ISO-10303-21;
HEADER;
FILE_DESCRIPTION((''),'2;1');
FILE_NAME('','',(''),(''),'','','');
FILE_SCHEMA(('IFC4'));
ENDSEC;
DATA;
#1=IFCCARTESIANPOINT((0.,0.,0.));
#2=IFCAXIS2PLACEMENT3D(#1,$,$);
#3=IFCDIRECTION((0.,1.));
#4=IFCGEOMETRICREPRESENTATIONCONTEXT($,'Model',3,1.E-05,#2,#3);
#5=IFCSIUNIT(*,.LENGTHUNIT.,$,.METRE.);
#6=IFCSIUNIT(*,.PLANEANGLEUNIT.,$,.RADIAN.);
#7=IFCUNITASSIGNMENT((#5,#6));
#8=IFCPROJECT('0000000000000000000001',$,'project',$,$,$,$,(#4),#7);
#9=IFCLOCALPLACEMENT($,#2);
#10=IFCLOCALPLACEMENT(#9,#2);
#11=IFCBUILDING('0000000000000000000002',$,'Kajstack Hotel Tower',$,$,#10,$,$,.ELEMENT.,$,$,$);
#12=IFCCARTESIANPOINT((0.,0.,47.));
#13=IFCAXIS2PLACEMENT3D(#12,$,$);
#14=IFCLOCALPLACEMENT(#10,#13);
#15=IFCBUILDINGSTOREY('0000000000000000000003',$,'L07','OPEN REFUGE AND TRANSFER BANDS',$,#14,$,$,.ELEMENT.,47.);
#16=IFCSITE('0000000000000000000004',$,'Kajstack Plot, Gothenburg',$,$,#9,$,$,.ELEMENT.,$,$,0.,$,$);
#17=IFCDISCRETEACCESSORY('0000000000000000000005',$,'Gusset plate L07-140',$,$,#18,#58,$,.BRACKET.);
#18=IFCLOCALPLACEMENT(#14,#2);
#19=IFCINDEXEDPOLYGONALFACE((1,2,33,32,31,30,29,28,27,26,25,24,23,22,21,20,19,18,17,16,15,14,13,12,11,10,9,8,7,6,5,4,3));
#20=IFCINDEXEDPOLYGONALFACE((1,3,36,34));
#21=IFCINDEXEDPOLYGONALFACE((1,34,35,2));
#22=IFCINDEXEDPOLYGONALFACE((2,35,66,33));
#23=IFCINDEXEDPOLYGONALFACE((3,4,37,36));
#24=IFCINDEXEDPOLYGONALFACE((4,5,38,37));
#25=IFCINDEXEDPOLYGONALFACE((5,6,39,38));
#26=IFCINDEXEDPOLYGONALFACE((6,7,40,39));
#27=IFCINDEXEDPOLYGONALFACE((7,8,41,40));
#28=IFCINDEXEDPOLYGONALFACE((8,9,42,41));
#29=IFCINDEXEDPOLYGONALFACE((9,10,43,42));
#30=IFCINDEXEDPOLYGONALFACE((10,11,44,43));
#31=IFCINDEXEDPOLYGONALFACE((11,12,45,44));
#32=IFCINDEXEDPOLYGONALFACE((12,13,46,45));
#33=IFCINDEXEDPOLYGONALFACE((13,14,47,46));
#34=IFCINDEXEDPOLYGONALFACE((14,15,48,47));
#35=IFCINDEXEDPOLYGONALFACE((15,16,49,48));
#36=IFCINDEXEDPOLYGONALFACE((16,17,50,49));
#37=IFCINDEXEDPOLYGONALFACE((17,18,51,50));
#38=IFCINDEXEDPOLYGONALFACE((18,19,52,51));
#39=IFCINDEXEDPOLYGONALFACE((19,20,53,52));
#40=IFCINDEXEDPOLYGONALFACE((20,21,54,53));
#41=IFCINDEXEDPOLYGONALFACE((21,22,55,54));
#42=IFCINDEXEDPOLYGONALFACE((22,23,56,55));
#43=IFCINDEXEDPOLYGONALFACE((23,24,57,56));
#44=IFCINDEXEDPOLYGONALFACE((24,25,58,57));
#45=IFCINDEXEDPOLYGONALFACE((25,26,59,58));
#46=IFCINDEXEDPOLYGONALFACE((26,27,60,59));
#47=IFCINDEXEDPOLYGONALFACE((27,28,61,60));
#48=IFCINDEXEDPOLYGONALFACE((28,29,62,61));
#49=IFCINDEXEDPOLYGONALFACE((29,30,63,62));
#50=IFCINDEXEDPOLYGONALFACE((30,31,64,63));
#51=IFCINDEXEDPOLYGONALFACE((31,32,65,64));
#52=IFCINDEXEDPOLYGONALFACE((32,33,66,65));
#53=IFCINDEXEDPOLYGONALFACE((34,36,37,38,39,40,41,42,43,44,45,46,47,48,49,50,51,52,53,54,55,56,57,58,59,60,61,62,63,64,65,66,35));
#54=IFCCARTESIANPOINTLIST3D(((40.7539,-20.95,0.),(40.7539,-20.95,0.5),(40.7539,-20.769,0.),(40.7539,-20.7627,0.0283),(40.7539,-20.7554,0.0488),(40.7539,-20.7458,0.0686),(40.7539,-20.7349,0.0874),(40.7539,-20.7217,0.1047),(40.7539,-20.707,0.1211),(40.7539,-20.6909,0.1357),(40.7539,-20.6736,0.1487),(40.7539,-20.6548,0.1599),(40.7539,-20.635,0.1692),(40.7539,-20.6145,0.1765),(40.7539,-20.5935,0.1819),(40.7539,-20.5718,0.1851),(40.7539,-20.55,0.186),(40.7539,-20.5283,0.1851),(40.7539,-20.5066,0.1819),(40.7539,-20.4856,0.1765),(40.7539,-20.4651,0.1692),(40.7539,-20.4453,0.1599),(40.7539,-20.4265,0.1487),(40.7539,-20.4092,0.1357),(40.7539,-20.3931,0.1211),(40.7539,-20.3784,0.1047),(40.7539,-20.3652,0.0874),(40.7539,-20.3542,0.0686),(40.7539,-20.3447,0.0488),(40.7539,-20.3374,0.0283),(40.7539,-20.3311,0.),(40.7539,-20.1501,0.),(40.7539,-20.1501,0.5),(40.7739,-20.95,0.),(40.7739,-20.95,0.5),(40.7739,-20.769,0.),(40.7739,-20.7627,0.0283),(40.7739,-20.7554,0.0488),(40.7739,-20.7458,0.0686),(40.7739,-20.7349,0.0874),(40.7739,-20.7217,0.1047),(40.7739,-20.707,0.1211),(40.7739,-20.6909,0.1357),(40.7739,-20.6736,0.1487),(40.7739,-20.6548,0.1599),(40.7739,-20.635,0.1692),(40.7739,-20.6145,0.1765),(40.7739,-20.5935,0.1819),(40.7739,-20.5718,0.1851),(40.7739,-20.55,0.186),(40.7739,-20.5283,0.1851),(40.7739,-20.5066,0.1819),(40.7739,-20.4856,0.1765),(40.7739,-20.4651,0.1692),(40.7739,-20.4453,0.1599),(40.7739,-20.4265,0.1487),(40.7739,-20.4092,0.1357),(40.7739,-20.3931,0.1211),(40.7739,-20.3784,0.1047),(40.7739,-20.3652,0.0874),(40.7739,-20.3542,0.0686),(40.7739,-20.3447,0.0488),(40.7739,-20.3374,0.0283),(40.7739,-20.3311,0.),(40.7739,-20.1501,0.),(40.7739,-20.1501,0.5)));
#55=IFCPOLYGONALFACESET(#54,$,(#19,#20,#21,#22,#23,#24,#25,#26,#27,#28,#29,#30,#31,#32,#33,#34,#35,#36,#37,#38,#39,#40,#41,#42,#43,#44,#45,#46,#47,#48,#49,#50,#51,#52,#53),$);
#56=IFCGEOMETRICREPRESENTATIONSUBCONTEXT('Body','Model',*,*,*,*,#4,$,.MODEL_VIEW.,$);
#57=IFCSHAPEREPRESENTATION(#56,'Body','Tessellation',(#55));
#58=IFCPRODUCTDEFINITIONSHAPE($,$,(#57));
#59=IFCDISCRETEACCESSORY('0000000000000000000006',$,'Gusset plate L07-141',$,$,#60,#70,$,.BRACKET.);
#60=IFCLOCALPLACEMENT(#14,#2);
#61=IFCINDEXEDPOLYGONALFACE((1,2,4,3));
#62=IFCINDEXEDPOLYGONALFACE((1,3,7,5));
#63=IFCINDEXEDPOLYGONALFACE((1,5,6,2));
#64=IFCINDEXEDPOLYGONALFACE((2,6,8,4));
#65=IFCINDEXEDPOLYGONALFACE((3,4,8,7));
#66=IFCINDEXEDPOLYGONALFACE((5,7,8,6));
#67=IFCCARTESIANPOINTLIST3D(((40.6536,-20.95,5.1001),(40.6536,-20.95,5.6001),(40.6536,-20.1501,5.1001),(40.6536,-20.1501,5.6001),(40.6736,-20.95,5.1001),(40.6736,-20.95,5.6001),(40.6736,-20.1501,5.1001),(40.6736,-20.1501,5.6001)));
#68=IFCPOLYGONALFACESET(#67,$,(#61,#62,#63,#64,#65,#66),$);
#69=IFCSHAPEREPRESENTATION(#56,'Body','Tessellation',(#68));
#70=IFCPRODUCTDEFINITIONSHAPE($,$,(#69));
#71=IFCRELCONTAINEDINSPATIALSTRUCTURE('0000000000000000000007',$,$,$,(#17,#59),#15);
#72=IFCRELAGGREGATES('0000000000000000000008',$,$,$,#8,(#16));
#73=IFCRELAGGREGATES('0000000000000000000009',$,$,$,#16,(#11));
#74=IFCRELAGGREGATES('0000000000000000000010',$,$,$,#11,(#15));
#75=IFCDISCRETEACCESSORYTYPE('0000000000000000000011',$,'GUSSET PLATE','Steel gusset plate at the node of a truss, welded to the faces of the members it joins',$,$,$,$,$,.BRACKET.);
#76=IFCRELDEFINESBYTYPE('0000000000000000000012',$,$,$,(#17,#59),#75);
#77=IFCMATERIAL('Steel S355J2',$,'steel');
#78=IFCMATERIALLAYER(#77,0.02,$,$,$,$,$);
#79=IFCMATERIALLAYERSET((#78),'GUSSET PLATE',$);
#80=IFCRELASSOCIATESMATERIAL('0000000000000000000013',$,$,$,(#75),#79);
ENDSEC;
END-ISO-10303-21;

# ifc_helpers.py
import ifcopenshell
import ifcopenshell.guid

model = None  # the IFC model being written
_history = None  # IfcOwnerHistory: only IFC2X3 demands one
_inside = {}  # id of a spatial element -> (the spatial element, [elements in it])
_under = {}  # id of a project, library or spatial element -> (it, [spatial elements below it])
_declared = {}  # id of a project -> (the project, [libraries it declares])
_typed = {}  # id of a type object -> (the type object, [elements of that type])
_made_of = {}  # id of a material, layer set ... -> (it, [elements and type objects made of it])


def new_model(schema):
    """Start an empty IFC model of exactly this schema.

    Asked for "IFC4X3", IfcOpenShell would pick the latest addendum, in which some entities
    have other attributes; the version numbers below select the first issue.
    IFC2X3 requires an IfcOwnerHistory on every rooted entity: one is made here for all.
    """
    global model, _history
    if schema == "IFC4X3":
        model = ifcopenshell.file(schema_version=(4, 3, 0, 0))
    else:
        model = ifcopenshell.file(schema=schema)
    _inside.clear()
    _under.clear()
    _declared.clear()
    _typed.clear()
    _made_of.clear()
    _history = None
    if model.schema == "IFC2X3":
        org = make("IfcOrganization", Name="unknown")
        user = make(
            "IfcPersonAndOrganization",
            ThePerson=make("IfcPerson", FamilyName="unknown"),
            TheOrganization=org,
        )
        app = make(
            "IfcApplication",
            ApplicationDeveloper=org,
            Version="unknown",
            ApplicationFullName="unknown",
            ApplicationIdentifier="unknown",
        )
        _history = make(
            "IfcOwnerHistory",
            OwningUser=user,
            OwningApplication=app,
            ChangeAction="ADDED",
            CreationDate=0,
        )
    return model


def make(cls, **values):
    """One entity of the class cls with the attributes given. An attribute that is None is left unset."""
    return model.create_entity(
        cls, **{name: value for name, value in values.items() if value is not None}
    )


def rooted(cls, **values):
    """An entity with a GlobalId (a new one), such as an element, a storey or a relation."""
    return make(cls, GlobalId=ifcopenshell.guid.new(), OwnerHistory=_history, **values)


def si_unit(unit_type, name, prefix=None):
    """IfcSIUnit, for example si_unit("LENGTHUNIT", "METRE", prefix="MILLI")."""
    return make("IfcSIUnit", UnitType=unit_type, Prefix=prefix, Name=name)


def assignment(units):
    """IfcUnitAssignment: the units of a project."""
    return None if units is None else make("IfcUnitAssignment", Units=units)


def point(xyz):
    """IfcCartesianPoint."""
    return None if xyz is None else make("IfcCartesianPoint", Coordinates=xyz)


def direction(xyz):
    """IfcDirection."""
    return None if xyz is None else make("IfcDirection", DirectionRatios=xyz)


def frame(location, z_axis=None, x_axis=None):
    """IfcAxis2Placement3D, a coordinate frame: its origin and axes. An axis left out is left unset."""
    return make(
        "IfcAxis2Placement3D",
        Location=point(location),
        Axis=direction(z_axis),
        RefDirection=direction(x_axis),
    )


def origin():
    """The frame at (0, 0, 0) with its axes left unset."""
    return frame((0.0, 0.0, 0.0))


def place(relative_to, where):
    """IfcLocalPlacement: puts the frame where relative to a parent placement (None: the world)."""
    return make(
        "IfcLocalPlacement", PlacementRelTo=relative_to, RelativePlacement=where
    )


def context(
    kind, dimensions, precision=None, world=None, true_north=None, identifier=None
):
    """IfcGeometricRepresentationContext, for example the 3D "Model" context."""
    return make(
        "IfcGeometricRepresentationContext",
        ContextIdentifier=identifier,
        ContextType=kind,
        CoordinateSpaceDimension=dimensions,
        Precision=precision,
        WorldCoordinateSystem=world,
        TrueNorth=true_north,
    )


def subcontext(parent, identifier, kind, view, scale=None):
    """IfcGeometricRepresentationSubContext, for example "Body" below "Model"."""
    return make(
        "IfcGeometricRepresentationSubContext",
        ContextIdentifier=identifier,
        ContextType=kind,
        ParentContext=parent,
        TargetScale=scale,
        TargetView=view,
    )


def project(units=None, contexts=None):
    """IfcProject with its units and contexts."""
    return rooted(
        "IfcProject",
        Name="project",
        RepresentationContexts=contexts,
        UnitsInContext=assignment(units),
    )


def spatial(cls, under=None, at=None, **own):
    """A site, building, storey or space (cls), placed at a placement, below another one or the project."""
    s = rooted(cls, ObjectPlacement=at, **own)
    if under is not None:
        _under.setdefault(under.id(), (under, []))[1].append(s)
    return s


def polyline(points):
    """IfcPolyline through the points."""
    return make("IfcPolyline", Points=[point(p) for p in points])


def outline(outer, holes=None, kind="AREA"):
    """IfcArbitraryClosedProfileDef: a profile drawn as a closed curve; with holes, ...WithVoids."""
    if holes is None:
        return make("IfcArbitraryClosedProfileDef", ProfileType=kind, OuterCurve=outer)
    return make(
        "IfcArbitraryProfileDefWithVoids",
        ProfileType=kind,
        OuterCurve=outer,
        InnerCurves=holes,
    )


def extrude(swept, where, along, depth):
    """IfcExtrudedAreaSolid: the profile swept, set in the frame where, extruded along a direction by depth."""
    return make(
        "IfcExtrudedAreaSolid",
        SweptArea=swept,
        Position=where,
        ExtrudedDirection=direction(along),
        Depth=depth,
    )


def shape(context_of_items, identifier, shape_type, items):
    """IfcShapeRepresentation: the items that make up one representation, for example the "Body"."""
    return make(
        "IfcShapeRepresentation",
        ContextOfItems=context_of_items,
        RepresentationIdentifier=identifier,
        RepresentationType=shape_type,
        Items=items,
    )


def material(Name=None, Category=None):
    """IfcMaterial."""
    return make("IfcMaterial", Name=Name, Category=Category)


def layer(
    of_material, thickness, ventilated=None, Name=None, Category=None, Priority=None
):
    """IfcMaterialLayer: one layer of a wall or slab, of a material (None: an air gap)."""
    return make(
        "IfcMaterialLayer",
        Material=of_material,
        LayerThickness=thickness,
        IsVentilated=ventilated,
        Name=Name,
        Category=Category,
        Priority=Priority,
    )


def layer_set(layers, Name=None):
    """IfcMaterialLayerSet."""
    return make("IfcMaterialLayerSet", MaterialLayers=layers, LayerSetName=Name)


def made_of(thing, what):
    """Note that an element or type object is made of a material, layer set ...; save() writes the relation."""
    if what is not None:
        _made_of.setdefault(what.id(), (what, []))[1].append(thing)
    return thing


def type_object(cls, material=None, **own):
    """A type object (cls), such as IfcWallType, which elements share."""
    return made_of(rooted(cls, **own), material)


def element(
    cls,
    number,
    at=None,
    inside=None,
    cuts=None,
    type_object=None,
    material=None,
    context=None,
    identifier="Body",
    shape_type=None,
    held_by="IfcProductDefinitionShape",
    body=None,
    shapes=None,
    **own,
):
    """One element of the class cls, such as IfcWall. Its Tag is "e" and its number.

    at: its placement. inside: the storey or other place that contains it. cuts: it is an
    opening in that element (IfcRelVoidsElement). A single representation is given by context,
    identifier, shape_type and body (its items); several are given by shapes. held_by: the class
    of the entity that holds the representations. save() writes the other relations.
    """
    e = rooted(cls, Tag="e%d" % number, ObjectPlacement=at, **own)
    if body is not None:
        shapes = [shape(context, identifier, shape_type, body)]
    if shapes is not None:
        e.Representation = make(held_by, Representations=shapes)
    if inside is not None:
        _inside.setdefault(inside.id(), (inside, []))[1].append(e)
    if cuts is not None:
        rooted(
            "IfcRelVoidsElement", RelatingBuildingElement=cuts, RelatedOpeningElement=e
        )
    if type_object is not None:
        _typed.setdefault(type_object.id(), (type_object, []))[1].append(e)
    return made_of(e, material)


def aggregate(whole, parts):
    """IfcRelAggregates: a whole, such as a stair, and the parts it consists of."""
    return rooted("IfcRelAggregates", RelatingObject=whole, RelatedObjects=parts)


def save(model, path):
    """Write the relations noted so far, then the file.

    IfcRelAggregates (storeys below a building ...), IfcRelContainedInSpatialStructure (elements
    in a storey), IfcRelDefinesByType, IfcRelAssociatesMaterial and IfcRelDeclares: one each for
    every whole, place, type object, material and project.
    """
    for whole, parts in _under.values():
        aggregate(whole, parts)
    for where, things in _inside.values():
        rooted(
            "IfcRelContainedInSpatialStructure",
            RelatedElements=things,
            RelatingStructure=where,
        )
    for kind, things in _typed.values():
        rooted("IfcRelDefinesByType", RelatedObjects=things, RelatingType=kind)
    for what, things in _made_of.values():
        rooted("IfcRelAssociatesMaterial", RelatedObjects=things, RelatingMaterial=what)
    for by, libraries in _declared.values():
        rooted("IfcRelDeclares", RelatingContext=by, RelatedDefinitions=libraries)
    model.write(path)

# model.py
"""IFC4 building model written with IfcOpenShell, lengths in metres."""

from ifc_helpers import new_model, si_unit, direction, frame, origin, place, context, subcontext, project, spatial, polyline, outline, extrude, material, layer, layer_set, type_object, element, save


model = new_model("IFC4")

# Units and contexts
model_context = context("Model", 3, precision=1e-05, world=origin(), true_north=direction((0.0, 1.0)))
body_context = subcontext(model_context, "Body", "Model", "MODEL_VIEW")
ifc_project = project(units=[si_unit("LENGTHUNIT", "METRE"), si_unit("PLANEANGLEUNIT", "RADIAN")], contexts=[model_context])

# Site, building, storey
site_placement = place(None, origin())
site = spatial("IfcSite", under=ifc_project, at=site_placement, Name="Kajstack Plot, Gothenburg", CompositionType="ELEMENT", RefElevation=0.0)
building_placement = place(site_placement, origin())
building = spatial("IfcBuilding", under=site, at=building_placement, Name="Kajstack Hotel Tower", CompositionType="ELEMENT")
storey_placement = place(building_placement, frame((0.0, 0.0, 47.0)))
storey = spatial("IfcBuildingStorey", under=building, at=storey_placement, Name="L07", Description="OPEN REFUGE AND TRANSFER BANDS", CompositionType="ELEMENT", Elevation=47.0)

# Shared definitions
ifc_material = material(Name="Steel S355J2", Category="steel")

# Discrete accessories
ifc_layer = layer(ifc_material, 0.02)
ifc_layer_set = layer_set([ifc_layer], Name="GUSSET PLATE")
discrete_accessory_type = type_object("IfcDiscreteAccessoryType", Name="GUSSET PLATE", Description="Steel gusset plate at the node of a truss, welded to the faces of the members it joins", PredefinedType="BRACKET", material=ifc_layer_set)
discrete_accessory_1_placement = place(storey_placement, frame((40.7539, -20.55, 0.0), z_axis=(1.0, 0.0, 0.0), x_axis=(0.0, 1.0, 0.0)))
element("IfcDiscreteAccessory", 1, at=discrete_accessory_1_placement, inside=storey, type_object=discrete_accessory_type, Name="Gusset plate L07-140", PredefinedType="BRACKET", context=body_context, shape_type="SweptSolid", body=[
    extrude(outline(polyline([(-0.3999, 0.0), (-0.219, 0.0), (-0.2126, 0.0283), (-0.2053, 0.0488), (-0.1958, 0.0686), (-0.1848, 0.0874), (-0.1716, 0.1047), (-0.157, 0.1211), (-0.1409, 0.1357), (-0.1235, 0.1487), (-0.1047, 0.1599), (-0.085, 0.1692), (-0.0645, 0.1765), (-0.0435, 0.1819), (-0.0217, 0.1851), (0.0, 0.186), (0.0217, 0.1851), (0.0435, 0.1819), (0.0645, 0.1765), (0.085, 0.1692), (0.1047, 0.1599), (0.1235, 0.1487), (0.1409, 0.1357), (0.157, 0.1211), (0.1716, 0.1047), (0.1848, 0.0874), (0.1958, 0.0686), (0.2053, 0.0488), (0.2126, 0.0283), (0.219, 0.0), (0.3999, 0.0), (0.3999, 0.5), (-0.3999, 0.5), (-0.3999, 0.0)])), origin(), (0.0, 0.0, 1.0), 0.02),
])
discrete_accessory_2_placement = place(storey_placement, frame((40.6536, -20.55, 5.1001), z_axis=(1.0, 0.0, 0.0), x_axis=(0.0, 1.0, 0.0)))
element("IfcDiscreteAccessory", 2, at=discrete_accessory_2_placement, inside=storey, type_object=discrete_accessory_type, Name="Gusset plate L07-141", PredefinedType="BRACKET", context=body_context, shape_type="SweptSolid", body=[
    extrude(outline(polyline([(-0.3999, 0.0), (0.3999, 0.0), (0.3999, 0.5), (-0.3999, 0.5), (-0.3999, 0.0)])), origin(), (0.0, 0.0, 1.0), 0.02),
])

save(model, "model.ifc")
